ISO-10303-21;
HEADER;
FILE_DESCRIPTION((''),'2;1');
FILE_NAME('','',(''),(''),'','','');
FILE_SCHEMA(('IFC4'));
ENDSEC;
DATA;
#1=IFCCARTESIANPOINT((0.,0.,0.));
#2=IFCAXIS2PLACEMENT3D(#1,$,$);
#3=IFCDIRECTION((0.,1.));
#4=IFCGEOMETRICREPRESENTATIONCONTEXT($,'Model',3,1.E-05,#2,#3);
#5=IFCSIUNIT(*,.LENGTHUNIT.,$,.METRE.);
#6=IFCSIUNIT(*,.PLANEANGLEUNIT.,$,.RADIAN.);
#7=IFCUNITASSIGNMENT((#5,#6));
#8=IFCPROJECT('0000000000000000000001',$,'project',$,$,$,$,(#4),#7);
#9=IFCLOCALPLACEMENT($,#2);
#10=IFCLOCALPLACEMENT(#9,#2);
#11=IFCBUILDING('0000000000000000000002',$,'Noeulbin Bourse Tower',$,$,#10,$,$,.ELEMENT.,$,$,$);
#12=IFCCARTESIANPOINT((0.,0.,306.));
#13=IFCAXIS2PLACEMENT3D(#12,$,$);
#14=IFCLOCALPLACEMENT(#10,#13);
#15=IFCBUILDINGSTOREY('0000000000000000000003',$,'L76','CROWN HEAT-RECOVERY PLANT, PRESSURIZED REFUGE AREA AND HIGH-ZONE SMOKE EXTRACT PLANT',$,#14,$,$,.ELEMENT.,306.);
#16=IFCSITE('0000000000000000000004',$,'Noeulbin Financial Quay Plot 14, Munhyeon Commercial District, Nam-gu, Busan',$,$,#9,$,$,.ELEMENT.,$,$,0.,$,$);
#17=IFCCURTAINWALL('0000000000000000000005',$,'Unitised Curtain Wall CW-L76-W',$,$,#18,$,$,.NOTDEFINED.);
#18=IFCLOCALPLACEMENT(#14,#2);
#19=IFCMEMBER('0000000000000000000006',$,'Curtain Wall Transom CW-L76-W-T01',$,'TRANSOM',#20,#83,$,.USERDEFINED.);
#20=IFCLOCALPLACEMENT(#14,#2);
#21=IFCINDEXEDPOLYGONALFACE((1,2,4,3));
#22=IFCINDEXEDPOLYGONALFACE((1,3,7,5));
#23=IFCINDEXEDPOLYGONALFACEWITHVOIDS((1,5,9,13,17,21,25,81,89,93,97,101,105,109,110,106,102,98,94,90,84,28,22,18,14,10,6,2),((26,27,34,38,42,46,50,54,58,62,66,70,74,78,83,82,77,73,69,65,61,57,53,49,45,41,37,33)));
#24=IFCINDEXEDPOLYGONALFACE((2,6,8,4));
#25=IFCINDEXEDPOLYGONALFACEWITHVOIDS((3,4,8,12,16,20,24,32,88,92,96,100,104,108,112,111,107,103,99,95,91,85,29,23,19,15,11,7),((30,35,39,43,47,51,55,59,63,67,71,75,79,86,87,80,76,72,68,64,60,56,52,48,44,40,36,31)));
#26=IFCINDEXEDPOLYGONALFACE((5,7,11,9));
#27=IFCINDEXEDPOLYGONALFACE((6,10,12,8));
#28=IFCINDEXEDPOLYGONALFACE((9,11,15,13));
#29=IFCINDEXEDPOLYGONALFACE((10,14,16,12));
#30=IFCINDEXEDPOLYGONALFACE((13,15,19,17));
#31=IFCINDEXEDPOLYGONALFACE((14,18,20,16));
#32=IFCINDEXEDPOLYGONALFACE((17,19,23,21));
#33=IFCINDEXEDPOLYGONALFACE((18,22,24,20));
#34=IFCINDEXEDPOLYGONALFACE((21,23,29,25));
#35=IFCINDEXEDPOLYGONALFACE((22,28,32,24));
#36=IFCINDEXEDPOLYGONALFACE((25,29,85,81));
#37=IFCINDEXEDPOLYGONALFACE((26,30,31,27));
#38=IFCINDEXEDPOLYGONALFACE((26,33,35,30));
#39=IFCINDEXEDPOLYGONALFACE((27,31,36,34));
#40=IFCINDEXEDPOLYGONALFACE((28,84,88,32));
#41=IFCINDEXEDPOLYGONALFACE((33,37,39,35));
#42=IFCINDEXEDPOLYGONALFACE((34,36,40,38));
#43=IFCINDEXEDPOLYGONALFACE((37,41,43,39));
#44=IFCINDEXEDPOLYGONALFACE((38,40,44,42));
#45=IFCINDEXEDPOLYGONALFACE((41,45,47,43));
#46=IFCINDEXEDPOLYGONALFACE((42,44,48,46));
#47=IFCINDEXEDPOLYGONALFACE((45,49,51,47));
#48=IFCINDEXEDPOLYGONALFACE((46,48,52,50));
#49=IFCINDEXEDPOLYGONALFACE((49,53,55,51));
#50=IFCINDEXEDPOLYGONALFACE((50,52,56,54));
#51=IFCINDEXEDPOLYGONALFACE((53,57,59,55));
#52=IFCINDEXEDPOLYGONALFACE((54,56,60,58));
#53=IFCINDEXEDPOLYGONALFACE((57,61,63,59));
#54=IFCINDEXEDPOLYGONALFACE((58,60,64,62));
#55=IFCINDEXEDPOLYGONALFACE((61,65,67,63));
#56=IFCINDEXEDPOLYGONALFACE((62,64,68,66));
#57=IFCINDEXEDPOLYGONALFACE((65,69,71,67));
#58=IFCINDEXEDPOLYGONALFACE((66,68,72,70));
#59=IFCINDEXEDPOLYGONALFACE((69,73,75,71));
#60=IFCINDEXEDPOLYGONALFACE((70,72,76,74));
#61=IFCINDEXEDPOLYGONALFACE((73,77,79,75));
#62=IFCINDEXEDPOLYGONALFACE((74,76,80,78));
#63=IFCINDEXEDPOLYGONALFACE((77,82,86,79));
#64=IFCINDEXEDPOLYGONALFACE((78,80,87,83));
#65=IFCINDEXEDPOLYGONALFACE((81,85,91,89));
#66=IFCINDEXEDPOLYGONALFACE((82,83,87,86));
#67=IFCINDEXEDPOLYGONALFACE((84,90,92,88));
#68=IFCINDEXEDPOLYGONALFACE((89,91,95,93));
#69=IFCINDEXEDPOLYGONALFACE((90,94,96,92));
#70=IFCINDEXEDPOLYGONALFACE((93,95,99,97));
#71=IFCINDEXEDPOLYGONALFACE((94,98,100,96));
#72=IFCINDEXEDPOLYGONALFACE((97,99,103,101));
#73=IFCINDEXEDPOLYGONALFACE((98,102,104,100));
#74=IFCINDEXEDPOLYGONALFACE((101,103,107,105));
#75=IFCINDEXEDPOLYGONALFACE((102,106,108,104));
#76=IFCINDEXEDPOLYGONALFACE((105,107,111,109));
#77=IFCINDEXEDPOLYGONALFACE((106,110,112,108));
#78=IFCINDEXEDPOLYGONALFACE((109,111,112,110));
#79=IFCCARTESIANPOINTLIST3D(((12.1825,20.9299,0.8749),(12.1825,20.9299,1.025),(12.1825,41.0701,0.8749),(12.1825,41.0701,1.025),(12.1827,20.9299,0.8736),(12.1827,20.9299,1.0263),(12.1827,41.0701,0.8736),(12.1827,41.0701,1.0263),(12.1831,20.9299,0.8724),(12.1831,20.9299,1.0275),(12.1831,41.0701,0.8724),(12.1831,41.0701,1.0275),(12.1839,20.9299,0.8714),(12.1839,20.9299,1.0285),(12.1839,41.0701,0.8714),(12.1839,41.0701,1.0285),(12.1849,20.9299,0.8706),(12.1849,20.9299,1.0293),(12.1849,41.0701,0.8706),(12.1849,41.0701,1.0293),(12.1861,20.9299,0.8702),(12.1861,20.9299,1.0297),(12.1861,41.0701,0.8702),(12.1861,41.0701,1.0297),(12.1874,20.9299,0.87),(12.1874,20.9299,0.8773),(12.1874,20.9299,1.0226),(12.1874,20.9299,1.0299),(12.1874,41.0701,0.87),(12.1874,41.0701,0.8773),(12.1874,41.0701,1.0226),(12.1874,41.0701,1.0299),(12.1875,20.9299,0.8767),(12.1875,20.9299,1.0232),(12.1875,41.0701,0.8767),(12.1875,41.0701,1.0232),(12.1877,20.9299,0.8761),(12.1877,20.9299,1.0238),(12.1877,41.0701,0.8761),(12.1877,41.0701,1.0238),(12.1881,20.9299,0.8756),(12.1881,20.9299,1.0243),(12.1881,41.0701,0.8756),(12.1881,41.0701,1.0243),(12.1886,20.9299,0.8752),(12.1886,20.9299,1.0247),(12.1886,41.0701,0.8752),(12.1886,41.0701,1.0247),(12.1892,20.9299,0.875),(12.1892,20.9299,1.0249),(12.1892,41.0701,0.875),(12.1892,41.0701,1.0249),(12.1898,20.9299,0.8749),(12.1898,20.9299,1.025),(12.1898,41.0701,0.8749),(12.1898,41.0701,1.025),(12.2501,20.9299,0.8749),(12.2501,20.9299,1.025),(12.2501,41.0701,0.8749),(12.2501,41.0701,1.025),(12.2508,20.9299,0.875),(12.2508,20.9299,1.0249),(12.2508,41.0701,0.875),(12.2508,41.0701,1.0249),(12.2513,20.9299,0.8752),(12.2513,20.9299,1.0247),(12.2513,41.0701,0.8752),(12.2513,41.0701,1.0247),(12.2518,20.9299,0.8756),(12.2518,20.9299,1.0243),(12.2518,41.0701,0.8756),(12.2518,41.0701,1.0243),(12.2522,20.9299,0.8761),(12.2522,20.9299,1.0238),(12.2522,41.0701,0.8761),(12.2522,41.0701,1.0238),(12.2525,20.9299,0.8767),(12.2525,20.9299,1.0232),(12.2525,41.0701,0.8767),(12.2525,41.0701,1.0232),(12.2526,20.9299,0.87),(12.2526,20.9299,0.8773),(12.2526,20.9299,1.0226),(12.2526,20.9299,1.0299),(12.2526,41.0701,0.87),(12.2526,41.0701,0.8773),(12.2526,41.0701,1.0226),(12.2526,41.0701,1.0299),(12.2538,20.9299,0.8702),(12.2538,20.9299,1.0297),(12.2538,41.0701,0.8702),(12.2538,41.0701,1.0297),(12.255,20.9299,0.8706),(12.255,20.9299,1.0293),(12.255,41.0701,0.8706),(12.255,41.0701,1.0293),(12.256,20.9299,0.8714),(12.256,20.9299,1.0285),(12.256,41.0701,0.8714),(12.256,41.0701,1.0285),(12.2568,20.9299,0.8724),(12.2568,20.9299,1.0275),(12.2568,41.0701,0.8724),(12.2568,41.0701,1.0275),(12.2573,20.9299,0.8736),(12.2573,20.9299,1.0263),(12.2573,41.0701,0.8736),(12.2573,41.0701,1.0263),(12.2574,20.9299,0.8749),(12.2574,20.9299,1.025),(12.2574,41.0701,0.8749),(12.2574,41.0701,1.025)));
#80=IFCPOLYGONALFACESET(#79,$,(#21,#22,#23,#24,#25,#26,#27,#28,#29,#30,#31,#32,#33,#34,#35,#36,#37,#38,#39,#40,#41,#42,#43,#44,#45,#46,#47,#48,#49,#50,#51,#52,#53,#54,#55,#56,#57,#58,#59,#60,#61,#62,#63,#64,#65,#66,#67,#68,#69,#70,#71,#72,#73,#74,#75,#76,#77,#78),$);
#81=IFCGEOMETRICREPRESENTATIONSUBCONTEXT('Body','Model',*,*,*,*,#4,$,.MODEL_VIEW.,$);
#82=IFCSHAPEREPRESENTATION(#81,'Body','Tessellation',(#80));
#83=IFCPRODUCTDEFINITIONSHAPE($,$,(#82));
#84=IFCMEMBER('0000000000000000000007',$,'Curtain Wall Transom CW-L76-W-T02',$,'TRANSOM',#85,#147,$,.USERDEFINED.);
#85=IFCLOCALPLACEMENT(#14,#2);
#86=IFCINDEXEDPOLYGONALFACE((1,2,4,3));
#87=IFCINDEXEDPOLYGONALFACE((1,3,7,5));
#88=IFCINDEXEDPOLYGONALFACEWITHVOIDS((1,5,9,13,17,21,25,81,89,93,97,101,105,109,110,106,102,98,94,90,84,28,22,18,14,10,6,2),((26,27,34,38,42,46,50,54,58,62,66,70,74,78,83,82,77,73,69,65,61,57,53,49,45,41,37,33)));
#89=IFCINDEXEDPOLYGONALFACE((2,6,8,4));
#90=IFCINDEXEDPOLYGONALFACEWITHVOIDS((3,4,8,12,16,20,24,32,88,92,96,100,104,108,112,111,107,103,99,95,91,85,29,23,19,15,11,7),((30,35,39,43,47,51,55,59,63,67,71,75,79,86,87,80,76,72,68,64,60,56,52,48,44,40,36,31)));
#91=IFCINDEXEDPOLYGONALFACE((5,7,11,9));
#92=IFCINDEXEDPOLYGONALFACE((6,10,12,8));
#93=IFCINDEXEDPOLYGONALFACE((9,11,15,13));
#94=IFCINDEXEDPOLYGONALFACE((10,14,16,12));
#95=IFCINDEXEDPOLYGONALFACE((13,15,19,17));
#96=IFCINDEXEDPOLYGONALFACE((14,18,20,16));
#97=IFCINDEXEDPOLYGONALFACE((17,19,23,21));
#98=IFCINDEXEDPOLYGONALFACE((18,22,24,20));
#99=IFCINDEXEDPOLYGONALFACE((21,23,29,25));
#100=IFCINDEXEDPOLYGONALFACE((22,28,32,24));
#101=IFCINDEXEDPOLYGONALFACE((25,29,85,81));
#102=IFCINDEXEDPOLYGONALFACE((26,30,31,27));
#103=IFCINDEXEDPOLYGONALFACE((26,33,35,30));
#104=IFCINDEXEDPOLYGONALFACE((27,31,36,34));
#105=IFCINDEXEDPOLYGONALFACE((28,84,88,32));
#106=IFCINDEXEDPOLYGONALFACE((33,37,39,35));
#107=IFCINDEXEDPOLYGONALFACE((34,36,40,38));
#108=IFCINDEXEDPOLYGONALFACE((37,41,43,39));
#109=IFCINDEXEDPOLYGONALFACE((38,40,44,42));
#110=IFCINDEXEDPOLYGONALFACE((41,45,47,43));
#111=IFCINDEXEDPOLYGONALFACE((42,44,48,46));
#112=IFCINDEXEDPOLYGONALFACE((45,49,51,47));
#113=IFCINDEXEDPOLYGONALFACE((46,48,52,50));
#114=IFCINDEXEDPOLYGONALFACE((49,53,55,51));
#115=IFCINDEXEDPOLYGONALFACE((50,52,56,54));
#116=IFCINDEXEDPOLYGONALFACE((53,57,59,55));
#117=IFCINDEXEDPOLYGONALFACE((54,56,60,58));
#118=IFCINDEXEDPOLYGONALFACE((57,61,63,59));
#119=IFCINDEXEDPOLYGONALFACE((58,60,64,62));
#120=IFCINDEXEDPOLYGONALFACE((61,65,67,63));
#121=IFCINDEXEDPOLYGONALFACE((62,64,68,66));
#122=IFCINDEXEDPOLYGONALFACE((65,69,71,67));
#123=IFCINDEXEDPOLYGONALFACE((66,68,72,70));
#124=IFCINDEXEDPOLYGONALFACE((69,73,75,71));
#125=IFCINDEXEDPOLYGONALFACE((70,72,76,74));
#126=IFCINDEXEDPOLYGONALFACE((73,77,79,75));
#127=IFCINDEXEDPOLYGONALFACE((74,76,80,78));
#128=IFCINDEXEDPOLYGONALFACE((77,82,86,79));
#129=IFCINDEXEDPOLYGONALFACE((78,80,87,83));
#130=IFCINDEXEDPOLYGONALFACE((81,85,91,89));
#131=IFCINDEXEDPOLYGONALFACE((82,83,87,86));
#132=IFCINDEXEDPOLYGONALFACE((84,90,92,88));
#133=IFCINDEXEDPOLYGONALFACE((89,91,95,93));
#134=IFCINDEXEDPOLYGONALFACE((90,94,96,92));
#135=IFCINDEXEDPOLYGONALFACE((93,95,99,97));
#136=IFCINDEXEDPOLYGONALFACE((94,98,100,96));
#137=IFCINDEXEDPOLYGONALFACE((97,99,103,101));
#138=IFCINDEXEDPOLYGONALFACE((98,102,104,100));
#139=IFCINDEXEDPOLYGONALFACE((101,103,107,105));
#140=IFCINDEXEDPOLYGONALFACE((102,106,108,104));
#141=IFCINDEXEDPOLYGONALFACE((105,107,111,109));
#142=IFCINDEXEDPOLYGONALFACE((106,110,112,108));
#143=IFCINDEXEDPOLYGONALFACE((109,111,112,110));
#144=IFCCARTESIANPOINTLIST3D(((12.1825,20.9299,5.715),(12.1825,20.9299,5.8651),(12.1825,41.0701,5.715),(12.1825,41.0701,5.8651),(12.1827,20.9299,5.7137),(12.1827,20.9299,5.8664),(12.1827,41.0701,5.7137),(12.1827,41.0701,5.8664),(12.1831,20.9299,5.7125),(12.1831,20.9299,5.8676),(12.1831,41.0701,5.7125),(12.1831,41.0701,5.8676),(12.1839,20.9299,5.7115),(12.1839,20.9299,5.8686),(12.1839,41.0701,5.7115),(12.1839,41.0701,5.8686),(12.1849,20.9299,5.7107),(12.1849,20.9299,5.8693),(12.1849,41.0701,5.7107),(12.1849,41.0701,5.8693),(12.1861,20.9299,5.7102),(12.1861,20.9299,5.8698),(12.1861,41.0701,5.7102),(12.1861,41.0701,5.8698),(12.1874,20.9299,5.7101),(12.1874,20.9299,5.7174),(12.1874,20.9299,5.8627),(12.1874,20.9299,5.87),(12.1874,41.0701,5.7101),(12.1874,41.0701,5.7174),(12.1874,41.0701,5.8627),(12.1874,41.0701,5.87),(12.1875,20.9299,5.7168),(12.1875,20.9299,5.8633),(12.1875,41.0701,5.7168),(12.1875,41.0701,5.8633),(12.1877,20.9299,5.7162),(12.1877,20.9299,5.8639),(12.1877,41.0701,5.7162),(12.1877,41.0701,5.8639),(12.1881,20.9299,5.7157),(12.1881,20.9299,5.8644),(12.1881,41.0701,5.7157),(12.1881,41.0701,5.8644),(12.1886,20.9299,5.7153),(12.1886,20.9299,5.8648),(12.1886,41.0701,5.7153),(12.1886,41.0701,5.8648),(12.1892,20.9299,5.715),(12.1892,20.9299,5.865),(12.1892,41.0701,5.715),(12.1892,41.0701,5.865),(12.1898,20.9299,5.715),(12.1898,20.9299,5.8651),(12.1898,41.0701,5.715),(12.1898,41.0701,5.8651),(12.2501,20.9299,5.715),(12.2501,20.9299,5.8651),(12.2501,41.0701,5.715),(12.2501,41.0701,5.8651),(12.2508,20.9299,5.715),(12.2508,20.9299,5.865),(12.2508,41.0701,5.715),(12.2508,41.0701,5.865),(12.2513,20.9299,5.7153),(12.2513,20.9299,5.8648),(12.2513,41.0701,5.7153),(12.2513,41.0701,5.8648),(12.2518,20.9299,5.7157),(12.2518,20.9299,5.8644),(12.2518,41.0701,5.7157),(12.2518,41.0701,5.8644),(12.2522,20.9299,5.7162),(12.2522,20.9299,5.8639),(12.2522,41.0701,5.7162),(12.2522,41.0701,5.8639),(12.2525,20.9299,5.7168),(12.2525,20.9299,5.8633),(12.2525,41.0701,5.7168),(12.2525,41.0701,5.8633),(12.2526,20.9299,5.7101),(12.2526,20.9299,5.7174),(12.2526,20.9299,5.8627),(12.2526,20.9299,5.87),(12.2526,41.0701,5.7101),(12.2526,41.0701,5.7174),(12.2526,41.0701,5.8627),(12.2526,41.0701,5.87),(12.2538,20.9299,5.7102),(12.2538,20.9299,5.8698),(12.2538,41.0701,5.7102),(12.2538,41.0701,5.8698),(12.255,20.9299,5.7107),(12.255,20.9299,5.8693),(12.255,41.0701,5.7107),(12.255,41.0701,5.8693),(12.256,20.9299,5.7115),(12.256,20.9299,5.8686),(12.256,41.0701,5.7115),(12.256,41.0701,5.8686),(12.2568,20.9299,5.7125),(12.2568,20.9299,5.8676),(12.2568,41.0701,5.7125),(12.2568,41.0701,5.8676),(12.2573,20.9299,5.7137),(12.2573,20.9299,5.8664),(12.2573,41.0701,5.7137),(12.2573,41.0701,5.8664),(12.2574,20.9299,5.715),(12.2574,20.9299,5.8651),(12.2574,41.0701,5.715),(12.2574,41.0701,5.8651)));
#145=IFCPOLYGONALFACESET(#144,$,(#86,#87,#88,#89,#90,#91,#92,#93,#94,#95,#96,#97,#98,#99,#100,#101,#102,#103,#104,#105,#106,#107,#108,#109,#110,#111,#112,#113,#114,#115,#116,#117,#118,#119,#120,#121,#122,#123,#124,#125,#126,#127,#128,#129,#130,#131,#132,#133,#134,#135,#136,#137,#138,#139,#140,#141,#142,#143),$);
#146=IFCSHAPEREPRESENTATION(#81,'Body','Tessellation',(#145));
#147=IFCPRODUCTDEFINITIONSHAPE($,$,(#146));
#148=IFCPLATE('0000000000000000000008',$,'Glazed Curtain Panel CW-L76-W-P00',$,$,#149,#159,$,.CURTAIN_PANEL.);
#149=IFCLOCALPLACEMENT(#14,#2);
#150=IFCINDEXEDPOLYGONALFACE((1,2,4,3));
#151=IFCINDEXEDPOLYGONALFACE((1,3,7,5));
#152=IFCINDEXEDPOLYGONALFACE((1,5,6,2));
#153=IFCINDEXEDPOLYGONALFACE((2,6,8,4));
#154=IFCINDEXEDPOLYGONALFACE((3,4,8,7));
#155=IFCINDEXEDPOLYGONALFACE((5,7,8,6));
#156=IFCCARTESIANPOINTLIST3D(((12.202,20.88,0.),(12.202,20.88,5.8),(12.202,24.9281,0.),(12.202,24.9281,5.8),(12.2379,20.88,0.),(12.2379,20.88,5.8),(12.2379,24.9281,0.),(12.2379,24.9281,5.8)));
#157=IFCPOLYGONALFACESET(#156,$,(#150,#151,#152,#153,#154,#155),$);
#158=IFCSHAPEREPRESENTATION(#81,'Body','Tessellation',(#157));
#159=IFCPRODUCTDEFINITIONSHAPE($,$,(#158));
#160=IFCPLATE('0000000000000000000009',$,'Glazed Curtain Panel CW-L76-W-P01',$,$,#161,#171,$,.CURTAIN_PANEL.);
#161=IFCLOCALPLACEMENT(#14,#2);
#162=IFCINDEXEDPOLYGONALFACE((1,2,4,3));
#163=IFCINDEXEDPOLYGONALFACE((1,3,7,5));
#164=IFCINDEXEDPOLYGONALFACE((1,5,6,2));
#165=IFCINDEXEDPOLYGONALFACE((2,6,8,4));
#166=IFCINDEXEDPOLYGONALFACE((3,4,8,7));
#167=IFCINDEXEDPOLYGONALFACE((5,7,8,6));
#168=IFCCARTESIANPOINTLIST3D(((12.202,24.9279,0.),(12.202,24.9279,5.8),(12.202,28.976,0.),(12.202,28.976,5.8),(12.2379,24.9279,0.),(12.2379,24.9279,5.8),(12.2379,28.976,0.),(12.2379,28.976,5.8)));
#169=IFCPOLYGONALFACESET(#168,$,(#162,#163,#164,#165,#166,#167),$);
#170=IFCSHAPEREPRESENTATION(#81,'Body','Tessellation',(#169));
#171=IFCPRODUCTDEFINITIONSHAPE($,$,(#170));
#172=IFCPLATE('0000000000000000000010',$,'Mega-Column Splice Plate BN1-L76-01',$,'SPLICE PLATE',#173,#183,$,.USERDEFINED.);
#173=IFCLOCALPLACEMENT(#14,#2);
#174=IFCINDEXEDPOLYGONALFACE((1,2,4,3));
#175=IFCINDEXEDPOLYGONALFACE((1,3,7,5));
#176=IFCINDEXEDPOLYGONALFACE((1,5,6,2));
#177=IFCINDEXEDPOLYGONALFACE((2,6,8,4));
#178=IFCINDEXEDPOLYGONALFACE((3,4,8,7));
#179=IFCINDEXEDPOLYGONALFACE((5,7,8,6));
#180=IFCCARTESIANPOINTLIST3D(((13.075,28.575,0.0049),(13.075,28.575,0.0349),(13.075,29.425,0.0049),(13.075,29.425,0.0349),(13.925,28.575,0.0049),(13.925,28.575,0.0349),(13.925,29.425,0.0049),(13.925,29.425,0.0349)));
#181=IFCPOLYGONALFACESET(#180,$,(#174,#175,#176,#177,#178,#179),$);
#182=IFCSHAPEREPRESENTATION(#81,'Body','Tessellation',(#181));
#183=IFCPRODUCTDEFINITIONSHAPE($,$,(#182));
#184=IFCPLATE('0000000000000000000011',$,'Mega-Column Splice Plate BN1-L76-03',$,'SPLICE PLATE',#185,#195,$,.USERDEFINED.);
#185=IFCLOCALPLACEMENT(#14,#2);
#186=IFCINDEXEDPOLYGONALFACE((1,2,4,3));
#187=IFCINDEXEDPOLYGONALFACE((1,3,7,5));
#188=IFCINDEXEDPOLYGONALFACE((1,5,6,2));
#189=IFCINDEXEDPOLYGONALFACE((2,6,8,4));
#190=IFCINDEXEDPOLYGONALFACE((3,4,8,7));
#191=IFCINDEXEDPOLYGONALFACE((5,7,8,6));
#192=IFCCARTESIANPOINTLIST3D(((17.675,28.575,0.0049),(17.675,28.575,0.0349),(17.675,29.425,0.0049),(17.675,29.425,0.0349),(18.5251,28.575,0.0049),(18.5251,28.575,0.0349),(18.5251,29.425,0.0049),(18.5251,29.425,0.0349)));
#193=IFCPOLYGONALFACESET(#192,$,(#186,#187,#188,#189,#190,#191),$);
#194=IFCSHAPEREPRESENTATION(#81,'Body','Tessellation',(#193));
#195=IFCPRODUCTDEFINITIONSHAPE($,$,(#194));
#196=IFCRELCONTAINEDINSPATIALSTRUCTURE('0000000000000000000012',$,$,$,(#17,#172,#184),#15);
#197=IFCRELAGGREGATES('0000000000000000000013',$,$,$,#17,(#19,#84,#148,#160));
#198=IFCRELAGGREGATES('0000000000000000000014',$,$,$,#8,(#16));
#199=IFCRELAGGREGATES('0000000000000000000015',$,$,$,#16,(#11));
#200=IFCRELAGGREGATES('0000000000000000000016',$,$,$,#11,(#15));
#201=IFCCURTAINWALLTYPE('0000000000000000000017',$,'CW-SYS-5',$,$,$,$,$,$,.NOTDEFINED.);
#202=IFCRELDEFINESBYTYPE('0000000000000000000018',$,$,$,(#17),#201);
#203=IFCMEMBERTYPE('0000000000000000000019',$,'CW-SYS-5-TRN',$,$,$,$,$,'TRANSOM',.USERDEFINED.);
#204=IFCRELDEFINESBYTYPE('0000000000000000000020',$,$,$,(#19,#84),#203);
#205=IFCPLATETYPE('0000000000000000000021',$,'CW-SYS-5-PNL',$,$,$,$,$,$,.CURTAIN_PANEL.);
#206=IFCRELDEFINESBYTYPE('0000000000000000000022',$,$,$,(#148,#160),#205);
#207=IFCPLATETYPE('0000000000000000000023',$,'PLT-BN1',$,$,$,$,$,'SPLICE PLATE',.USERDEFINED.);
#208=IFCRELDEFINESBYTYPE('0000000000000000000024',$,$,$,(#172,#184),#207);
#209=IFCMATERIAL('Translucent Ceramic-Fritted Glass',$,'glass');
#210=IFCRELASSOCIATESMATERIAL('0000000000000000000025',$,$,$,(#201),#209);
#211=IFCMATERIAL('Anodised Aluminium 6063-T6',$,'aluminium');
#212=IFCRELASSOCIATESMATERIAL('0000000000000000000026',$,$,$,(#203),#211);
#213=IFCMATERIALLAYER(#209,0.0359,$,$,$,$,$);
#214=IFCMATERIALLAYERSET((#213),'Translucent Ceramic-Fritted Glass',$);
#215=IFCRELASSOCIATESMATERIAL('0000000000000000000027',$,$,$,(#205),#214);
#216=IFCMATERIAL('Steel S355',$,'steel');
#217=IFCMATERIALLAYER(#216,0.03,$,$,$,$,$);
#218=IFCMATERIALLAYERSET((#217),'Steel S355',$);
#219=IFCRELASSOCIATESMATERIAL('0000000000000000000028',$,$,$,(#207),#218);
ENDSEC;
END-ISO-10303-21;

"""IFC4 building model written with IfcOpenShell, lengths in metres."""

from ifc_helpers import new_model, si_unit, direction, frame, origin, origin_2d, place, context, subcontext, project, spatial, rectangle, hollow_rectangle, extrude, material, layer, layer_set, material_profile, profile_set, type_object, element, aggregate, save


model = new_model("IFC4")

# Units and contexts
model_context = context("Model", 3, precision=1e-05, world=origin(), true_north=direction((0.0, 1.0)))
body_context = subcontext(model_context, "Body", "Model", "MODEL_VIEW")
ifc_project = project(units=[si_unit("LENGTHUNIT", "METRE"), si_unit("PLANEANGLEUNIT", "RADIAN")], contexts=[model_context])

# Site, building, storey
site_placement = place(None, origin())
site = spatial("IfcSite", under=ifc_project, at=site_placement, Name="Noeulbin Financial Quay Plot 14, Munhyeon Commercial District, Nam-gu, Busan", CompositionType="ELEMENT", RefElevation=0.0)
building_placement = place(site_placement, origin())
building = spatial("IfcBuilding", under=site, at=building_placement, Name="Noeulbin Bourse Tower", CompositionType="ELEMENT")
storey_placement = place(building_placement, frame((0.0, 0.0, 306.0)))
storey = spatial("IfcBuildingStorey", under=building, at=storey_placement, Name="L76", Description="CROWN HEAT-RECOVERY PLANT, PRESSURIZED REFUGE AREA AND HIGH-ZONE SMOKE EXTRACT PLANT", CompositionType="ELEMENT", Elevation=306.0)

# Shared definitions
ifc_material_1 = material(Name="Steel S355", Category="steel")

# Curtain wall, members, plates
ifc_material_2 = material(Name="Translucent Ceramic-Fritted Glass", Category="glass")
curtain_wall_type = type_object("IfcCurtainWallType", Name="CW-SYS-5", PredefinedType="NOTDEFINED", material=ifc_material_2)
curtain_wall_placement = place(storey_placement, origin())
curtain_wall = element("IfcCurtainWall", 1, at=curtain_wall_placement, inside=storey, type_object=curtain_wall_type, Name="Unitised Curtain Wall CW-L76-W", PredefinedType="NOTDEFINED")
ifc_material_3 = material(Name="Anodised Aluminium 6063-T6", Category="aluminium")
ifc_material_profile_1 = material_profile(ifc_material_3, hollow_rectangle(XDim=0.075, YDim=0.1599, WallThickness=0.0049, InnerFilletRadius=0.0024, OuterFilletRadius=0.0049, at=origin_2d()), Name="ALU-TRAN-75x160x5", Category="LoadBearing")
ifc_profile_set_1 = profile_set([ifc_material_profile_1], Name="Anodised Aluminium 6063-T6")
member_type_1 = type_object("IfcMemberType", Name="CW-SYS-5-TRN", ElementType="TRANSOM", PredefinedType="USERDEFINED", material=ifc_profile_set_1)
member_1_placement = place(storey_placement, frame((12.22, 20.9299, 0.95), z_axis=(0.0, 1.0, 0.0), x_axis=(-1.0, 0.0, 0.0)))
member_1 = element("IfcMember", 2, at=member_1_placement, type_object=member_type_1, Name="Curtain Wall Transom CW-L76-W-T01", ObjectType="TRANSOM", PredefinedType="USERDEFINED", context=body_context, shape_type="SweptSolid", body=[
    extrude(hollow_rectangle(XDim=0.075, YDim=0.1599, WallThickness=0.0049, InnerFilletRadius=0.0024, OuterFilletRadius=0.0049, at=origin_2d()), origin(), (0.0, 0.0, 1.0), 20.1401),
])
member_2_placement = place(storey_placement, frame((12.22, 20.9299, 5.79), z_axis=(0.0, 1.0, 0.0), x_axis=(-1.0, 0.0, 0.0)))
member_2 = element("IfcMember", 3, at=member_2_placement, type_object=member_type_1, Name="Curtain Wall Transom CW-L76-W-T02", ObjectType="TRANSOM", PredefinedType="USERDEFINED", context=body_context, shape_type="SweptSolid", body=[
    extrude(hollow_rectangle(XDim=0.075, YDim=0.1599, WallThickness=0.0049, InnerFilletRadius=0.0024, OuterFilletRadius=0.0049, at=origin_2d()), origin(), (0.0, 0.0, 1.0), 20.1401),
])
ifc_layer_1 = layer(ifc_material_2, 0.0359)
ifc_layer_set_1 = layer_set([ifc_layer_1], Name="Translucent Ceramic-Fritted Glass")
plate_type_1 = type_object("IfcPlateType", Name="CW-SYS-5-PNL", PredefinedType="CURTAIN_PANEL", material=ifc_layer_set_1)
plate_1_placement = place(storey_placement, frame((12.22, 22.9041, 0.0), z_axis=(0.0, 0.0, 1.0), x_axis=(0.0, 1.0, 0.0)))
plate_1 = element("IfcPlate", 4, at=plate_1_placement, type_object=plate_type_1, Name="Glazed Curtain Panel CW-L76-W-P00", PredefinedType="CURTAIN_PANEL", context=body_context, shape_type="SweptSolid", body=[
    extrude(rectangle(XDim=4.0481, YDim=0.0359, at=origin_2d()), origin(), (0.0, 0.0, 1.0), 5.8),
])
plate_2_placement = place(storey_placement, frame((12.22, 26.9519, 0.0), z_axis=(0.0, 0.0, 1.0), x_axis=(0.0, 1.0, 0.0)))
plate_2 = element("IfcPlate", 5, at=plate_2_placement, type_object=plate_type_1, Name="Glazed Curtain Panel CW-L76-W-P01", PredefinedType="CURTAIN_PANEL", context=body_context, shape_type="SweptSolid", body=[
    extrude(rectangle(XDim=4.0481, YDim=0.0359, at=origin_2d()), origin(), (0.0, 0.0, 1.0), 5.8),
])
aggregate(curtain_wall, [member_1, member_2, plate_1, plate_2])

# Plates
ifc_layer_2 = layer(ifc_material_1, 0.03)
ifc_layer_set_2 = layer_set([ifc_layer_2], Name="Steel S355")
plate_type_2 = type_object("IfcPlateType", Name="PLT-BN1", ElementType="SPLICE PLATE", PredefinedType="USERDEFINED", material=ifc_layer_set_2)
for number, where, z_axis, x_axis, name in (
    (6, (13.5, 29.0, 0.0049), (0.0, 0.0, 1.0), (1.0, 0.0, 0.0), "Mega-Column Splice Plate BN1-L76-01"),
    (7, (18.1001, 29.0, 0.0049), (0.0, 0.0, 1.0), (1.0, 0.0, 0.0), "Mega-Column Splice Plate BN1-L76-03"),
):
    element("IfcPlate", number, at=place(storey_placement, frame(where, z_axis=z_axis, x_axis=x_axis)), inside=storey, type_object=plate_type_2, Name=name, ObjectType="SPLICE PLATE", PredefinedType="USERDEFINED", context=body_context, shape_type="SweptSolid", body=[
        extrude(rectangle(XDim=0.8501, YDim=0.8501, at=origin_2d()), origin(), (0.0, 0.0, 1.0), 0.03),
    ])

save(model, "model.ifc")
